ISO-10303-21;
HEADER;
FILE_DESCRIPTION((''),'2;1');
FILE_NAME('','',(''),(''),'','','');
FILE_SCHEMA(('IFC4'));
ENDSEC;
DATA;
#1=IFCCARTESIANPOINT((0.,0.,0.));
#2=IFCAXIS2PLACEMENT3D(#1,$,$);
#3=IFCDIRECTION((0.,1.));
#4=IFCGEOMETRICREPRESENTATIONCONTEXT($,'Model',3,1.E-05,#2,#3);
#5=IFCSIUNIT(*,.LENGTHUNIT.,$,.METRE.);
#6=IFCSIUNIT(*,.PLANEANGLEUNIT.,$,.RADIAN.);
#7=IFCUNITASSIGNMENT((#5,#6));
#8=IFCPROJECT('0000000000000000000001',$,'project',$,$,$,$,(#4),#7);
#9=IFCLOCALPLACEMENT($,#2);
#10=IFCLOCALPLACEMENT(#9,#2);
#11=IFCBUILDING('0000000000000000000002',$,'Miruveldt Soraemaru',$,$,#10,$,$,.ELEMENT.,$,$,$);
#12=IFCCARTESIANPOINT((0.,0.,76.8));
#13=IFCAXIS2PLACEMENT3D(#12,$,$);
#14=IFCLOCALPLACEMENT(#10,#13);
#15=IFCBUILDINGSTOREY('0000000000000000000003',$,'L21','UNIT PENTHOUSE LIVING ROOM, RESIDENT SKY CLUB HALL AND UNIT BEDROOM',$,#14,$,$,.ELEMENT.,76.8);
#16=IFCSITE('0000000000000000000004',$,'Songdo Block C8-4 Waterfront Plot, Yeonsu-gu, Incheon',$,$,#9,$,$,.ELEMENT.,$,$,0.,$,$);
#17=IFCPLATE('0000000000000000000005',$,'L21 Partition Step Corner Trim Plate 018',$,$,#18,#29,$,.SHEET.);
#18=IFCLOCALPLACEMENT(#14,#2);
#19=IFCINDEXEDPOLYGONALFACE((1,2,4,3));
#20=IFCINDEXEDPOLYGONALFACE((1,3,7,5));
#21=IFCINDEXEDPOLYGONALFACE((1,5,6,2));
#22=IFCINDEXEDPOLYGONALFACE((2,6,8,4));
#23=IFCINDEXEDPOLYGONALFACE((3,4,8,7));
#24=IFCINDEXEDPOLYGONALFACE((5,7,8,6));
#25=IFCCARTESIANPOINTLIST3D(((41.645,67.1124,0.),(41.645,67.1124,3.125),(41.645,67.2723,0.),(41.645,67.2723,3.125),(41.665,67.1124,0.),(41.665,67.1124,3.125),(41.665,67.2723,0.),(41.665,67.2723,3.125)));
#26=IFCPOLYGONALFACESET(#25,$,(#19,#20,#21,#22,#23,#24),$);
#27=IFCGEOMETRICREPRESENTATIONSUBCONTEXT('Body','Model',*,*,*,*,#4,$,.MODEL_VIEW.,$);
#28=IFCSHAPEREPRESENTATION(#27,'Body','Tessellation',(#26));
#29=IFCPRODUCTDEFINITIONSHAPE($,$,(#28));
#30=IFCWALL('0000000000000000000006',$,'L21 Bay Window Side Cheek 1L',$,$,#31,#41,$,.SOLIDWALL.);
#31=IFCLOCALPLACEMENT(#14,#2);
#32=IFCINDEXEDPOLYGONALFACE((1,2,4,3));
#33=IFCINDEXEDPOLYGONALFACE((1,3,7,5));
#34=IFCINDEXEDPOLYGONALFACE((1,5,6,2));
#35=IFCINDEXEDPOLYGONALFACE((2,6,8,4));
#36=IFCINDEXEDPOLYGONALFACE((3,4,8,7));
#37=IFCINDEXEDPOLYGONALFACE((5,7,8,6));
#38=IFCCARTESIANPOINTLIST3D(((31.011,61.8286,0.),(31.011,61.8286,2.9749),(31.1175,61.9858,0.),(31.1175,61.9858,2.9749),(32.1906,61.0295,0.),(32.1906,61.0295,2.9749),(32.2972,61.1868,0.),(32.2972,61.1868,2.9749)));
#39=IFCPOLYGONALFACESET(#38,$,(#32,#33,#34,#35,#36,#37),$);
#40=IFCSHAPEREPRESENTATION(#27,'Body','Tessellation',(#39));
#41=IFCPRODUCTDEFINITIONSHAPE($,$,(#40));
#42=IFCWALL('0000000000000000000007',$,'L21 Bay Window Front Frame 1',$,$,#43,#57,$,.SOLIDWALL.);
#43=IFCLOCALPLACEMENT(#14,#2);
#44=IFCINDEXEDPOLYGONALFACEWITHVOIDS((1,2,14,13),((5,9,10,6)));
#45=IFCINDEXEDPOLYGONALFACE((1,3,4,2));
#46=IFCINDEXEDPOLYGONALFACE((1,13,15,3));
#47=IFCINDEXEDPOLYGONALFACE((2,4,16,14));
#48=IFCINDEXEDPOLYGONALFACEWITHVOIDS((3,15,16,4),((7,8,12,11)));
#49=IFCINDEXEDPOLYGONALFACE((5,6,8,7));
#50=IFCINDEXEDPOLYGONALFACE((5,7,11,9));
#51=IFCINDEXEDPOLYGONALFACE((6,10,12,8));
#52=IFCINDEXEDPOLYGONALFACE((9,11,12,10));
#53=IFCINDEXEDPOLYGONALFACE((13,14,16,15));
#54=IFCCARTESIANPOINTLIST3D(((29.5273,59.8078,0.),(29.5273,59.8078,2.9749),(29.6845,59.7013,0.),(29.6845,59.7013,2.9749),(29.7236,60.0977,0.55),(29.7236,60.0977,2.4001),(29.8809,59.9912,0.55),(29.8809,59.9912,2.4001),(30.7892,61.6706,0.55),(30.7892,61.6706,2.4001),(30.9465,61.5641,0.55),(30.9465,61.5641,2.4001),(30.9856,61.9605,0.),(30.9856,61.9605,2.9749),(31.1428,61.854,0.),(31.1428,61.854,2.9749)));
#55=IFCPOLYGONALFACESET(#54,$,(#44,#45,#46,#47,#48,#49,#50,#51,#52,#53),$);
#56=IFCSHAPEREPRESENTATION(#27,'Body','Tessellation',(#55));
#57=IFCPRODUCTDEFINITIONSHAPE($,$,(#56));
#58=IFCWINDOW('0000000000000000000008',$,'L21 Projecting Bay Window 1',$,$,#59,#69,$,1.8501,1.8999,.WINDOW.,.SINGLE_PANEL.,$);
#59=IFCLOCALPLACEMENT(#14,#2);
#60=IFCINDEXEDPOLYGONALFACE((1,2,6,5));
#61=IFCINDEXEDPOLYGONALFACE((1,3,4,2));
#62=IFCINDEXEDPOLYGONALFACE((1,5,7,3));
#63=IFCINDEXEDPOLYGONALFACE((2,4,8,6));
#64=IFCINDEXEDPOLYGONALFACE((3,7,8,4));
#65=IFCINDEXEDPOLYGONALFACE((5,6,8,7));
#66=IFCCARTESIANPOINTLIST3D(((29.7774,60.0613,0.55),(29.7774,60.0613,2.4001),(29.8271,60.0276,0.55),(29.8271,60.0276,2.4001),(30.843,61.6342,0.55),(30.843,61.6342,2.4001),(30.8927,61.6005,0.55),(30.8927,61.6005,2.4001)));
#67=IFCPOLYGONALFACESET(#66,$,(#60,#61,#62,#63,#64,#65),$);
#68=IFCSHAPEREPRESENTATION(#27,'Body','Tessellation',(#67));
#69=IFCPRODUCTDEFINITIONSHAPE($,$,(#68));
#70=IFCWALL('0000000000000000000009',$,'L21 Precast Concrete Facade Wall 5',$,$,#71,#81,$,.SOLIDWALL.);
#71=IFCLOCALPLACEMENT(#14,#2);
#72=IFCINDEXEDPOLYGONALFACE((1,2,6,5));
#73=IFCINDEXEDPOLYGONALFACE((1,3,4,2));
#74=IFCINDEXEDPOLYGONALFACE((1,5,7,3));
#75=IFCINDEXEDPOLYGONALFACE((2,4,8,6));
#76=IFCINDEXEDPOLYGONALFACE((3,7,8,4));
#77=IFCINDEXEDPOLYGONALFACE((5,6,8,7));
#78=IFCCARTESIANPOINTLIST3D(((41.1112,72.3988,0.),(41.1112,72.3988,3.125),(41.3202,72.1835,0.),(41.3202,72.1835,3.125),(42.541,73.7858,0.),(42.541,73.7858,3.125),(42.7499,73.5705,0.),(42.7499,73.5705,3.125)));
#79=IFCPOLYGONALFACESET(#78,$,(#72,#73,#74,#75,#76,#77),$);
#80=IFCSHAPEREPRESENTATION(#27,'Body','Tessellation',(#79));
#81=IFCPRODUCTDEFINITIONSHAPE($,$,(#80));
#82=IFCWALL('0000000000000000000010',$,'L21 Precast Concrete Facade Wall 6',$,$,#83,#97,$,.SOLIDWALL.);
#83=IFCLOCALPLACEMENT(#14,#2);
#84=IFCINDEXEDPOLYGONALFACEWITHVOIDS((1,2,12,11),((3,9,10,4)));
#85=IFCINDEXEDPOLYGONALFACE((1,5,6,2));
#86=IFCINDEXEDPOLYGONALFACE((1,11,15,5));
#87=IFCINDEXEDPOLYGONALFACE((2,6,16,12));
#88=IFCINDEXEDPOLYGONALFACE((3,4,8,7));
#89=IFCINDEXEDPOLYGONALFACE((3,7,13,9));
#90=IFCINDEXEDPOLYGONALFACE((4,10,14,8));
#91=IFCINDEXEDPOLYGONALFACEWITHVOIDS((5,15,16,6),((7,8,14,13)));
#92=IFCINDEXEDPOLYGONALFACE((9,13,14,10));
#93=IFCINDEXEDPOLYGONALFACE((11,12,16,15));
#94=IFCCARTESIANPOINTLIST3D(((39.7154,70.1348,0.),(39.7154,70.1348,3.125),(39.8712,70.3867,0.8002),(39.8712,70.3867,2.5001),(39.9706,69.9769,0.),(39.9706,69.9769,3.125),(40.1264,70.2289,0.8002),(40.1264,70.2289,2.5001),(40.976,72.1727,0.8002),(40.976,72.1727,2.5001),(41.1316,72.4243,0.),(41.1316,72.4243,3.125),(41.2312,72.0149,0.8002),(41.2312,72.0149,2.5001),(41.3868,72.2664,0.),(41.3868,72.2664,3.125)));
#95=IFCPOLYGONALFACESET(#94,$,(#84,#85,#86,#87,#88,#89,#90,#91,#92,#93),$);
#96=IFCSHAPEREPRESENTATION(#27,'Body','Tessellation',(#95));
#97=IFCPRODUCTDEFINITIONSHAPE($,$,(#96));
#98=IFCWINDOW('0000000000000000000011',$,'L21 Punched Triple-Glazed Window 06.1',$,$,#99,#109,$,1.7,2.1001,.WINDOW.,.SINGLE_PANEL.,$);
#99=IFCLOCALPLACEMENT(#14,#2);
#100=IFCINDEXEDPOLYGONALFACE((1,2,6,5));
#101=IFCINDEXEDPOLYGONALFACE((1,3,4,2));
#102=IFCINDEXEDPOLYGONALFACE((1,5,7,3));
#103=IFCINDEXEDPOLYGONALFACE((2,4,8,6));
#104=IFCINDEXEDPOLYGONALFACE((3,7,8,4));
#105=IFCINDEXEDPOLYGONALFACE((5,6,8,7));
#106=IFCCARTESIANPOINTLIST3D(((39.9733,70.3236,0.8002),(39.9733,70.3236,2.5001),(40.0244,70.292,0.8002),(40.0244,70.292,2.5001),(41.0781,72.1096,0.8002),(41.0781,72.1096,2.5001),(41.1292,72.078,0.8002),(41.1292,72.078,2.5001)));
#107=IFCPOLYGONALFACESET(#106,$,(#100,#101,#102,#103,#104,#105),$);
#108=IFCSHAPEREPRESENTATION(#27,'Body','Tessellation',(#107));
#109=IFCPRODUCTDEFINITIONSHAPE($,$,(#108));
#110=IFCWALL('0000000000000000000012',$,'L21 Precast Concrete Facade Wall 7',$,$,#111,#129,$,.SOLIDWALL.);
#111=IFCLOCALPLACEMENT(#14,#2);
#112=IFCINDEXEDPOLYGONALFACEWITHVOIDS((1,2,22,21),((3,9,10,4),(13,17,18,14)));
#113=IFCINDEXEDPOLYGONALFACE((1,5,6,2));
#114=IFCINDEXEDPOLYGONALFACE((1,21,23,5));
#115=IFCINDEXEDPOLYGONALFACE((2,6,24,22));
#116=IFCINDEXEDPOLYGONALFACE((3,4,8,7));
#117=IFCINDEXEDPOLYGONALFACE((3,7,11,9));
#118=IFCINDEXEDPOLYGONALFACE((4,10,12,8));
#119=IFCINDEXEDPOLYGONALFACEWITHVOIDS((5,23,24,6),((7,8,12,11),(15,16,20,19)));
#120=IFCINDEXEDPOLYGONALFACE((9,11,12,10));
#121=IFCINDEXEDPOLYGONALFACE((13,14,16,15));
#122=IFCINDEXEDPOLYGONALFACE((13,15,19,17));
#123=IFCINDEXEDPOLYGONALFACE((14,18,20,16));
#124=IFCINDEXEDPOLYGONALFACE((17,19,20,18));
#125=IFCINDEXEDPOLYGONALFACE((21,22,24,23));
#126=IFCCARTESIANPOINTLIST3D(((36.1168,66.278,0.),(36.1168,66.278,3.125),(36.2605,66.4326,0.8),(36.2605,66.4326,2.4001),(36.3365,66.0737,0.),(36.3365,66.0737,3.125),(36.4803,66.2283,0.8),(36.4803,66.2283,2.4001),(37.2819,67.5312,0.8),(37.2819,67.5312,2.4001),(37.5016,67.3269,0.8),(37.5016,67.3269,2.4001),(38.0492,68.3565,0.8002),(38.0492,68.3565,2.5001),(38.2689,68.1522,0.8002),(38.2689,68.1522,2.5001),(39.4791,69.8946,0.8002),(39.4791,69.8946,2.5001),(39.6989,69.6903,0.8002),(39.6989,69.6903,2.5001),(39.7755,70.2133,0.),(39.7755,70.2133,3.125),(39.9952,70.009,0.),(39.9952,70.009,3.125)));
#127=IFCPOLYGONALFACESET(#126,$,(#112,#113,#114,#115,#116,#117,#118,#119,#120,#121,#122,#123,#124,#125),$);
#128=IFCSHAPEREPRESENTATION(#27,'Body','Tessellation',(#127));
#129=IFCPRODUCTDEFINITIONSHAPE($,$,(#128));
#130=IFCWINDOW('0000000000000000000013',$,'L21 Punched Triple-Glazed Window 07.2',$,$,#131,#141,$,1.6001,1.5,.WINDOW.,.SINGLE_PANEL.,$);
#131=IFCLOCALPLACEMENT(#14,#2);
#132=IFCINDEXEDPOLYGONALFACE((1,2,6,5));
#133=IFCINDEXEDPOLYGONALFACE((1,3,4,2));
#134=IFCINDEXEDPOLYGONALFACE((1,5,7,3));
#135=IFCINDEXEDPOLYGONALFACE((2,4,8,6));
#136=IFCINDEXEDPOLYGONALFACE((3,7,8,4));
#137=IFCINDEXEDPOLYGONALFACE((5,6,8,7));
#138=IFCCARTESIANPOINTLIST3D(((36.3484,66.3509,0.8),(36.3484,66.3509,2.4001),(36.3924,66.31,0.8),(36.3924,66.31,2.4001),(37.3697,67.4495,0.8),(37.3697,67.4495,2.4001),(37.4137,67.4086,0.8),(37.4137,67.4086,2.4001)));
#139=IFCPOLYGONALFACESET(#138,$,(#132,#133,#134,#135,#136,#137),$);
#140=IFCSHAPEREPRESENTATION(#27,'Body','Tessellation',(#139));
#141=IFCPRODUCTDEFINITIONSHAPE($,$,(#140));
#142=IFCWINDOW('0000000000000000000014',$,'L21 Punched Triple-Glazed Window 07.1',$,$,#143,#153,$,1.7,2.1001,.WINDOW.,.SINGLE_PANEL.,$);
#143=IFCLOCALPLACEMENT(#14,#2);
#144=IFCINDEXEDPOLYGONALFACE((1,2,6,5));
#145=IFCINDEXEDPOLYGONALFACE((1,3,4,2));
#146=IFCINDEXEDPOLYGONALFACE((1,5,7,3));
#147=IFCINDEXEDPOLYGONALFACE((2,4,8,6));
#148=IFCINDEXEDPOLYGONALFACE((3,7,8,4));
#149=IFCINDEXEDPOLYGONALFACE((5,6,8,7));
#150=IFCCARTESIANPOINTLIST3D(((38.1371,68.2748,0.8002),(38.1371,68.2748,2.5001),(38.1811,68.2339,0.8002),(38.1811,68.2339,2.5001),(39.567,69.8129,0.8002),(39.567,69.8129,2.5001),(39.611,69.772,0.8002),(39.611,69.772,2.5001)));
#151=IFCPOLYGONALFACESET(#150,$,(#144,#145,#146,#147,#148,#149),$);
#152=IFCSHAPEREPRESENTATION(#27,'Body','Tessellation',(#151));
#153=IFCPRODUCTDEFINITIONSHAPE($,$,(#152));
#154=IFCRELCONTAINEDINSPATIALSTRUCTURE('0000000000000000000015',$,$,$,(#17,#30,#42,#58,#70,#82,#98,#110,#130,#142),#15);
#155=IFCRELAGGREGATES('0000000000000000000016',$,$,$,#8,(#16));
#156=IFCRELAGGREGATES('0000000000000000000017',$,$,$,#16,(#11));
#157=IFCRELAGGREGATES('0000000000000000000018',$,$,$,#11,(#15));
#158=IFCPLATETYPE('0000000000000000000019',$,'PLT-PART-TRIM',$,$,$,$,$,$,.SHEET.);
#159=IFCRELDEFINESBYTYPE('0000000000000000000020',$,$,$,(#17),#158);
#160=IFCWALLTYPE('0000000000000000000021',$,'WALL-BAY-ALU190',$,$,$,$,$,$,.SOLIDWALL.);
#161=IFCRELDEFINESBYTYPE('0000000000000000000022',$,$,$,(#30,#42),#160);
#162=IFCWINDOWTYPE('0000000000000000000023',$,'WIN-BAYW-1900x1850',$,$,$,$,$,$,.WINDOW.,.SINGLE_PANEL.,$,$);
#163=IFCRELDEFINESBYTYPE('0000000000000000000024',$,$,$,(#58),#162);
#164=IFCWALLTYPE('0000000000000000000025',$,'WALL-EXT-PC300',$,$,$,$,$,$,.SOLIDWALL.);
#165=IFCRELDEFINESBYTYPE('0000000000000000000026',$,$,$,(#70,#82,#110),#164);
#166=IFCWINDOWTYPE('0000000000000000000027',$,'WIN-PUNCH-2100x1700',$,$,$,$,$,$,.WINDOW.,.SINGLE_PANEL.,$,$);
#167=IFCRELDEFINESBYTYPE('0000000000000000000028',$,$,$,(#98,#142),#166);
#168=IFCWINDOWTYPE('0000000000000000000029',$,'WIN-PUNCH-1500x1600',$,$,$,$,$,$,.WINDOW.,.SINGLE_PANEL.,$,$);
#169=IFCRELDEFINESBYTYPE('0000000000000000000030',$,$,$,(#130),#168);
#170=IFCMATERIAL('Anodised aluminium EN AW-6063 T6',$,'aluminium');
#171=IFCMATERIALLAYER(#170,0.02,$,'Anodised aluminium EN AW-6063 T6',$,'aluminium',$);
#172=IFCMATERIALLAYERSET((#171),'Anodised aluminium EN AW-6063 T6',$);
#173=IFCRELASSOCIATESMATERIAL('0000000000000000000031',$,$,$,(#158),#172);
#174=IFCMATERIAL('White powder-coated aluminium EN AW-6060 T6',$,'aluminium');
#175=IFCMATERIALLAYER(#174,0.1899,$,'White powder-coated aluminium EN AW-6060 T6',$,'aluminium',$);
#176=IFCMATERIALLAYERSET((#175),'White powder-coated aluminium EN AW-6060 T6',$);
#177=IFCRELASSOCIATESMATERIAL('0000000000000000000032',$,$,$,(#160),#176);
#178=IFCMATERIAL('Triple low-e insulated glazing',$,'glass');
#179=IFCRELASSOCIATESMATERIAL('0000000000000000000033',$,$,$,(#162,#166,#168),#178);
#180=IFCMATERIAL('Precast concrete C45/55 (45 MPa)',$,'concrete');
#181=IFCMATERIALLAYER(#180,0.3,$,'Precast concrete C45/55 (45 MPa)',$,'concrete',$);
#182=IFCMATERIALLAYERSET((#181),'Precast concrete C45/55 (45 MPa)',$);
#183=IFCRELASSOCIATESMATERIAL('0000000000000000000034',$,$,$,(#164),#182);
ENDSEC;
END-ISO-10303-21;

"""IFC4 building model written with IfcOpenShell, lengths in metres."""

from ifc_helpers import new_model, si_unit, direction, frame, frame_2d, origin, origin_2d, place, context, subcontext, project, spatial, rectangle, extrude, material, layer, layer_set, type_object, element, fill, save


model = new_model("IFC4")

# Units and contexts
model_context = context("Model", 3, precision=1e-05, world=origin(), true_north=direction((0.0, 1.0)))
body_context = subcontext(model_context, "Body", "Model", "MODEL_VIEW")
ifc_project = project(units=[si_unit("LENGTHUNIT", "METRE"), si_unit("PLANEANGLEUNIT", "RADIAN")], contexts=[model_context])

# Site, building, storey
site_placement = place(None, origin())
site = spatial("IfcSite", under=ifc_project, at=site_placement, Name="Songdo Block C8-4 Waterfront Plot, Yeonsu-gu, Incheon", CompositionType="ELEMENT", RefElevation=0.0)
building_placement = place(site_placement, origin())
building = spatial("IfcBuilding", under=site, at=building_placement, Name="Miruveldt Soraemaru", CompositionType="ELEMENT")
storey_placement = place(building_placement, frame((0.0, 0.0, 76.8)))
storey = spatial("IfcBuildingStorey", under=building, at=storey_placement, Name="L21", Description="UNIT PENTHOUSE LIVING ROOM, RESIDENT SKY CLUB HALL AND UNIT BEDROOM", CompositionType="ELEMENT", Elevation=76.8)

# Plate
ifc_material_1 = material(Name="Anodised aluminium EN AW-6063 T6", Category="aluminium")
ifc_layer_1 = layer(ifc_material_1, 0.02, Name="Anodised aluminium EN AW-6063 T6", Category="aluminium")
ifc_layer_set_1 = layer_set([ifc_layer_1], Name="Anodised aluminium EN AW-6063 T6")
plate_type = type_object("IfcPlateType", Name="PLT-PART-TRIM", PredefinedType="SHEET", material=ifc_layer_set_1)
plate_placement = place(storey_placement, frame((41.655, 67.1924, 0.0), z_axis=(0.0, 0.0, 1.0), x_axis=(0.0, -1.0, 0.0)))
element("IfcPlate", 1, at=plate_placement, inside=storey, type_object=plate_type, Name="L21 Partition Step Corner Trim Plate 018", PredefinedType="SHEET", context=body_context, shape_type="SweptSolid", body=[
    extrude(rectangle(XDim=0.1599, YDim=0.02, at=origin_2d()), origin(), (0.0, 0.0, 1.0), 3.125),
])

# Wall
ifc_material_2 = material(Name="White powder-coated aluminium EN AW-6060 T6", Category="aluminium")
ifc_layer_2 = layer(ifc_material_2, 0.1899, Name="White powder-coated aluminium EN AW-6060 T6", Category="aluminium")
ifc_layer_set_2 = layer_set([ifc_layer_2], Name="White powder-coated aluminium EN AW-6060 T6")
wall_type_1 = type_object("IfcWallType", Name="WALL-BAY-ALU190", PredefinedType="SOLIDWALL", material=ifc_layer_set_2)
wall_1_placement = place(storey_placement, frame((32.2439, 61.1082, 0.0), z_axis=(0.0, 0.0, 1.0), x_axis=(-0.827942, 0.560814, 0.0)))
element("IfcWall", 2, at=wall_1_placement, inside=storey, type_object=wall_type_1, Name="L21 Bay Window Side Cheek 1L", PredefinedType="SOLIDWALL", context=body_context, shape_type="SweptSolid", body=[
    extrude(rectangle(XDim=1.4248, YDim=0.1899, at=frame_2d((0.7124, 0.0))), origin(), (0.0, 0.0, 1.0), 2.9749),
])

# Wall, opening, window
wall_2_placement = place(storey_placement, frame((31.0642, 61.9072, 0.0), z_axis=(0.0, 0.0, 1.0), x_axis=(-0.560861, -0.82791, 0.0)))
wall_2 = element("IfcWall", 3, at=wall_2_placement, inside=storey, type_object=wall_type_1, Name="L21 Bay Window Front Frame 1", PredefinedType="SOLIDWALL", context=body_context, shape_type="SweptSolid", body=[
    extrude(rectangle(XDim=2.6001, YDim=0.1899, at=frame_2d((1.3, 0.0))), origin(), (0.0, 0.0, 1.0), 2.9749),
])
opening_1_placement = place(wall_2_placement, frame((0.3501, 0.0, 0.55)))
opening_1 = element("IfcOpeningElement", 4, at=opening_1_placement, cuts=wall_2, PredefinedType="OPENING", context=body_context, shape_type="SweptSolid", body=[
    extrude(rectangle(XDim=1.8999, YDim=1.8501, at=frame_2d((0.95, 0.925))), frame((0.0, 0.105, 0.0), z_axis=(0.0, -1.0, 0.0), x_axis=(1.0, 0.0, 0.0)), (0.0, 0.0, 1.0), 0.21),
])
ifc_material_3 = material(Name="Triple low-e insulated glazing", Category="glass")
window_type_1 = type_object("IfcWindowType", Name="WIN-BAYW-1900x1850", PartitioningType="SINGLE_PANEL", PredefinedType="WINDOW", material=ifc_material_3)
window_1_placement = place(opening_1_placement, origin())
window_1 = element("IfcWindow", 5, at=window_1_placement, inside=storey, type_object=window_type_1, Name="L21 Projecting Bay Window 1", OverallHeight=1.8501, OverallWidth=1.8999, PartitioningType="SINGLE_PANEL", PredefinedType="WINDOW", context=body_context, shape_type="SweptSolid", body=[
    extrude(rectangle(XDim=1.8999, YDim=1.8501, at=frame_2d((0.95, 0.925))), frame((0.0, 0.03, 0.0), z_axis=(0.0, -1.0, 0.0), x_axis=(1.0, 0.0, 0.0)), (0.0, 0.0, 1.0), 0.0601),
])
fill(opening_1, window_1)

# Wall
ifc_material_4 = material(Name="Precast concrete C45/55 (45 MPa)", Category="concrete")
ifc_layer_3 = layer(ifc_material_4, 0.3, Name="Precast concrete C45/55 (45 MPa)", Category="concrete")
ifc_layer_set_3 = layer_set([ifc_layer_3], Name="Precast concrete C45/55 (45 MPa)")
wall_type_2 = type_object("IfcWallType", Name="WALL-EXT-PC300", PredefinedType="SOLIDWALL", material=ifc_layer_set_3)
wall_3_placement = place(storey_placement, frame((42.6455, 73.6782, 0.0), z_axis=(0.0, 0.0, 1.0), x_axis=(-0.71775, -0.696301, 0.0)))
element("IfcWall", 6, at=wall_3_placement, inside=storey, type_object=wall_type_2, Name="L21 Precast Concrete Facade Wall 5", PredefinedType="SOLIDWALL", context=body_context, shape_type="SweptSolid", body=[
    extrude(rectangle(XDim=1.9919, YDim=0.3, at=frame_2d((0.9961, 0.0))), origin(), (0.0, 0.0, 1.0), 3.125),
])

# Wall, opening, window
wall_4_placement = place(storey_placement, frame((41.2593, 72.3455, 0.0), z_axis=(0.0, 0.0, 1.0), x_axis=(-0.526064, -0.850445, 0.0)))
wall_4 = element("IfcWall", 7, at=wall_4_placement, inside=storey, type_object=wall_type_2, Name="L21 Precast Concrete Facade Wall 6", PredefinedType="SOLIDWALL", context=body_context, shape_type="SweptSolid", body=[
    extrude(rectangle(XDim=2.6921, YDim=0.3, at=frame_2d((1.3462, 0.0))), origin(), (0.0, 0.0, 1.0), 3.125),
])
opening_2_placement = place(wall_4_placement, frame((0.2959, 0.0, 0.8)))
opening_2 = element("IfcOpeningElement", 8, at=opening_2_placement, cuts=wall_4, PredefinedType="OPENING", context=body_context, shape_type="SweptSolid", body=[
    extrude(rectangle(XDim=2.1001, YDim=1.7, at=frame_2d((1.05, 0.8501))), frame((0.0, 0.1602, 0.0), z_axis=(0.0, -1.0, 0.0), x_axis=(1.0, 0.0, 0.0)), (0.0, 0.0, 1.0), 0.3201),
])
window_type_2 = type_object("IfcWindowType", Name="WIN-PUNCH-2100x1700", PartitioningType="SINGLE_PANEL", PredefinedType="WINDOW", material=ifc_material_3)
window_2_placement = place(opening_2_placement, origin())
window_2 = element("IfcWindow", 9, at=window_2_placement, inside=storey, type_object=window_type_2, Name="L21 Punched Triple-Glazed Window 06.1", OverallHeight=1.7, OverallWidth=2.1001, PartitioningType="SINGLE_PANEL", PredefinedType="WINDOW", context=body_context, shape_type="SweptSolid", body=[
    extrude(rectangle(XDim=2.1001, YDim=1.7, at=frame_2d((1.05, 0.8501))), frame((0.0, 0.03, 0.0), z_axis=(0.0, -1.0, 0.0), x_axis=(1.0, 0.0, 0.0)), (0.0, 0.0, 1.0), 0.0601),
])
fill(opening_2, window_2)

# Wall, openings, windows
wall_5_placement = place(storey_placement, frame((39.8853, 70.1111, 0.0), z_axis=(0.0, 0.0, 1.0), x_axis=(-0.680899, -0.732377, 0.0)))
wall_5 = element("IfcWall", 10, at=wall_5_placement, inside=storey, type_object=wall_type_2, Name="L21 Precast Concrete Facade Wall 7", PredefinedType="SOLIDWALL", context=body_context, shape_type="SweptSolid", body=[
    extrude(rectangle(XDim=5.3733, YDim=0.3, at=frame_2d((2.6865, 0.0))), origin(), (0.0, 0.0, 1.0), 3.125),
])
opening_3_placement = place(wall_5_placement, frame((0.4351, 0.0, 0.8)))
opening_3 = element("IfcOpeningElement", 11, at=opening_3_placement, cuts=wall_5, PredefinedType="OPENING", context=body_context, shape_type="SweptSolid", body=[
    extrude(rectangle(XDim=2.1001, YDim=1.7, at=frame_2d((1.05, 0.8501))), frame((0.0, 0.1602, 0.0), z_axis=(0.0, -1.0, 0.0), x_axis=(1.0, 0.0, 0.0)), (0.0, 0.0, 1.0), 0.3201),
])
opening_4_placement = place(wall_5_placement, frame((3.6621, 0.0, 0.8)))
opening_4 = element("IfcOpeningElement", 12, at=opening_4_placement, cuts=wall_5, PredefinedType="OPENING", context=body_context, shape_type="SweptSolid", body=[
    extrude(rectangle(XDim=1.5, YDim=1.6001, at=frame_2d((0.75, 0.8))), frame((0.0, 0.1602, 0.0), z_axis=(0.0, -1.0, 0.0), x_axis=(1.0, 0.0, 0.0)), (0.0, 0.0, 1.0), 0.3201),
])
window_type_3 = type_object("IfcWindowType", Name="WIN-PUNCH-1500x1600", PartitioningType="SINGLE_PANEL", PredefinedType="WINDOW", material=ifc_material_3)
window_3_placement = place(opening_4_placement, origin())
window_3 = element("IfcWindow", 13, at=window_3_placement, inside=storey, type_object=window_type_3, Name="L21 Punched Triple-Glazed Window 07.2", OverallHeight=1.6001, OverallWidth=1.5, PartitioningType="SINGLE_PANEL", PredefinedType="WINDOW", context=body_context, shape_type="SweptSolid", body=[
    extrude(rectangle(XDim=1.5, YDim=1.6001, at=frame_2d((0.75, 0.8))), frame((0.0, 0.03, 0.0), z_axis=(0.0, -1.0, 0.0), x_axis=(1.0, 0.0, 0.0)), (0.0, 0.0, 1.0), 0.0601),
])
fill(opening_4, window_3)
window_4_placement = place(opening_3_placement, origin())
window_4 = element("IfcWindow", 14, at=window_4_placement, inside=storey, type_object=window_type_2, Name="L21 Punched Triple-Glazed Window 07.1", OverallHeight=1.7, OverallWidth=2.1001, PartitioningType="SINGLE_PANEL", PredefinedType="WINDOW", context=body_context, shape_type="SweptSolid", body=[
    extrude(rectangle(XDim=2.1001, YDim=1.7, at=frame_2d((1.05, 0.8501))), frame((0.0, 0.03, 0.0), z_axis=(0.0, -1.0, 0.0), x_axis=(1.0, 0.0, 0.0)), (0.0, 0.0, 1.0), 0.0601),
])
fill(opening_3, window_4)

save(model, "model.ifc")
